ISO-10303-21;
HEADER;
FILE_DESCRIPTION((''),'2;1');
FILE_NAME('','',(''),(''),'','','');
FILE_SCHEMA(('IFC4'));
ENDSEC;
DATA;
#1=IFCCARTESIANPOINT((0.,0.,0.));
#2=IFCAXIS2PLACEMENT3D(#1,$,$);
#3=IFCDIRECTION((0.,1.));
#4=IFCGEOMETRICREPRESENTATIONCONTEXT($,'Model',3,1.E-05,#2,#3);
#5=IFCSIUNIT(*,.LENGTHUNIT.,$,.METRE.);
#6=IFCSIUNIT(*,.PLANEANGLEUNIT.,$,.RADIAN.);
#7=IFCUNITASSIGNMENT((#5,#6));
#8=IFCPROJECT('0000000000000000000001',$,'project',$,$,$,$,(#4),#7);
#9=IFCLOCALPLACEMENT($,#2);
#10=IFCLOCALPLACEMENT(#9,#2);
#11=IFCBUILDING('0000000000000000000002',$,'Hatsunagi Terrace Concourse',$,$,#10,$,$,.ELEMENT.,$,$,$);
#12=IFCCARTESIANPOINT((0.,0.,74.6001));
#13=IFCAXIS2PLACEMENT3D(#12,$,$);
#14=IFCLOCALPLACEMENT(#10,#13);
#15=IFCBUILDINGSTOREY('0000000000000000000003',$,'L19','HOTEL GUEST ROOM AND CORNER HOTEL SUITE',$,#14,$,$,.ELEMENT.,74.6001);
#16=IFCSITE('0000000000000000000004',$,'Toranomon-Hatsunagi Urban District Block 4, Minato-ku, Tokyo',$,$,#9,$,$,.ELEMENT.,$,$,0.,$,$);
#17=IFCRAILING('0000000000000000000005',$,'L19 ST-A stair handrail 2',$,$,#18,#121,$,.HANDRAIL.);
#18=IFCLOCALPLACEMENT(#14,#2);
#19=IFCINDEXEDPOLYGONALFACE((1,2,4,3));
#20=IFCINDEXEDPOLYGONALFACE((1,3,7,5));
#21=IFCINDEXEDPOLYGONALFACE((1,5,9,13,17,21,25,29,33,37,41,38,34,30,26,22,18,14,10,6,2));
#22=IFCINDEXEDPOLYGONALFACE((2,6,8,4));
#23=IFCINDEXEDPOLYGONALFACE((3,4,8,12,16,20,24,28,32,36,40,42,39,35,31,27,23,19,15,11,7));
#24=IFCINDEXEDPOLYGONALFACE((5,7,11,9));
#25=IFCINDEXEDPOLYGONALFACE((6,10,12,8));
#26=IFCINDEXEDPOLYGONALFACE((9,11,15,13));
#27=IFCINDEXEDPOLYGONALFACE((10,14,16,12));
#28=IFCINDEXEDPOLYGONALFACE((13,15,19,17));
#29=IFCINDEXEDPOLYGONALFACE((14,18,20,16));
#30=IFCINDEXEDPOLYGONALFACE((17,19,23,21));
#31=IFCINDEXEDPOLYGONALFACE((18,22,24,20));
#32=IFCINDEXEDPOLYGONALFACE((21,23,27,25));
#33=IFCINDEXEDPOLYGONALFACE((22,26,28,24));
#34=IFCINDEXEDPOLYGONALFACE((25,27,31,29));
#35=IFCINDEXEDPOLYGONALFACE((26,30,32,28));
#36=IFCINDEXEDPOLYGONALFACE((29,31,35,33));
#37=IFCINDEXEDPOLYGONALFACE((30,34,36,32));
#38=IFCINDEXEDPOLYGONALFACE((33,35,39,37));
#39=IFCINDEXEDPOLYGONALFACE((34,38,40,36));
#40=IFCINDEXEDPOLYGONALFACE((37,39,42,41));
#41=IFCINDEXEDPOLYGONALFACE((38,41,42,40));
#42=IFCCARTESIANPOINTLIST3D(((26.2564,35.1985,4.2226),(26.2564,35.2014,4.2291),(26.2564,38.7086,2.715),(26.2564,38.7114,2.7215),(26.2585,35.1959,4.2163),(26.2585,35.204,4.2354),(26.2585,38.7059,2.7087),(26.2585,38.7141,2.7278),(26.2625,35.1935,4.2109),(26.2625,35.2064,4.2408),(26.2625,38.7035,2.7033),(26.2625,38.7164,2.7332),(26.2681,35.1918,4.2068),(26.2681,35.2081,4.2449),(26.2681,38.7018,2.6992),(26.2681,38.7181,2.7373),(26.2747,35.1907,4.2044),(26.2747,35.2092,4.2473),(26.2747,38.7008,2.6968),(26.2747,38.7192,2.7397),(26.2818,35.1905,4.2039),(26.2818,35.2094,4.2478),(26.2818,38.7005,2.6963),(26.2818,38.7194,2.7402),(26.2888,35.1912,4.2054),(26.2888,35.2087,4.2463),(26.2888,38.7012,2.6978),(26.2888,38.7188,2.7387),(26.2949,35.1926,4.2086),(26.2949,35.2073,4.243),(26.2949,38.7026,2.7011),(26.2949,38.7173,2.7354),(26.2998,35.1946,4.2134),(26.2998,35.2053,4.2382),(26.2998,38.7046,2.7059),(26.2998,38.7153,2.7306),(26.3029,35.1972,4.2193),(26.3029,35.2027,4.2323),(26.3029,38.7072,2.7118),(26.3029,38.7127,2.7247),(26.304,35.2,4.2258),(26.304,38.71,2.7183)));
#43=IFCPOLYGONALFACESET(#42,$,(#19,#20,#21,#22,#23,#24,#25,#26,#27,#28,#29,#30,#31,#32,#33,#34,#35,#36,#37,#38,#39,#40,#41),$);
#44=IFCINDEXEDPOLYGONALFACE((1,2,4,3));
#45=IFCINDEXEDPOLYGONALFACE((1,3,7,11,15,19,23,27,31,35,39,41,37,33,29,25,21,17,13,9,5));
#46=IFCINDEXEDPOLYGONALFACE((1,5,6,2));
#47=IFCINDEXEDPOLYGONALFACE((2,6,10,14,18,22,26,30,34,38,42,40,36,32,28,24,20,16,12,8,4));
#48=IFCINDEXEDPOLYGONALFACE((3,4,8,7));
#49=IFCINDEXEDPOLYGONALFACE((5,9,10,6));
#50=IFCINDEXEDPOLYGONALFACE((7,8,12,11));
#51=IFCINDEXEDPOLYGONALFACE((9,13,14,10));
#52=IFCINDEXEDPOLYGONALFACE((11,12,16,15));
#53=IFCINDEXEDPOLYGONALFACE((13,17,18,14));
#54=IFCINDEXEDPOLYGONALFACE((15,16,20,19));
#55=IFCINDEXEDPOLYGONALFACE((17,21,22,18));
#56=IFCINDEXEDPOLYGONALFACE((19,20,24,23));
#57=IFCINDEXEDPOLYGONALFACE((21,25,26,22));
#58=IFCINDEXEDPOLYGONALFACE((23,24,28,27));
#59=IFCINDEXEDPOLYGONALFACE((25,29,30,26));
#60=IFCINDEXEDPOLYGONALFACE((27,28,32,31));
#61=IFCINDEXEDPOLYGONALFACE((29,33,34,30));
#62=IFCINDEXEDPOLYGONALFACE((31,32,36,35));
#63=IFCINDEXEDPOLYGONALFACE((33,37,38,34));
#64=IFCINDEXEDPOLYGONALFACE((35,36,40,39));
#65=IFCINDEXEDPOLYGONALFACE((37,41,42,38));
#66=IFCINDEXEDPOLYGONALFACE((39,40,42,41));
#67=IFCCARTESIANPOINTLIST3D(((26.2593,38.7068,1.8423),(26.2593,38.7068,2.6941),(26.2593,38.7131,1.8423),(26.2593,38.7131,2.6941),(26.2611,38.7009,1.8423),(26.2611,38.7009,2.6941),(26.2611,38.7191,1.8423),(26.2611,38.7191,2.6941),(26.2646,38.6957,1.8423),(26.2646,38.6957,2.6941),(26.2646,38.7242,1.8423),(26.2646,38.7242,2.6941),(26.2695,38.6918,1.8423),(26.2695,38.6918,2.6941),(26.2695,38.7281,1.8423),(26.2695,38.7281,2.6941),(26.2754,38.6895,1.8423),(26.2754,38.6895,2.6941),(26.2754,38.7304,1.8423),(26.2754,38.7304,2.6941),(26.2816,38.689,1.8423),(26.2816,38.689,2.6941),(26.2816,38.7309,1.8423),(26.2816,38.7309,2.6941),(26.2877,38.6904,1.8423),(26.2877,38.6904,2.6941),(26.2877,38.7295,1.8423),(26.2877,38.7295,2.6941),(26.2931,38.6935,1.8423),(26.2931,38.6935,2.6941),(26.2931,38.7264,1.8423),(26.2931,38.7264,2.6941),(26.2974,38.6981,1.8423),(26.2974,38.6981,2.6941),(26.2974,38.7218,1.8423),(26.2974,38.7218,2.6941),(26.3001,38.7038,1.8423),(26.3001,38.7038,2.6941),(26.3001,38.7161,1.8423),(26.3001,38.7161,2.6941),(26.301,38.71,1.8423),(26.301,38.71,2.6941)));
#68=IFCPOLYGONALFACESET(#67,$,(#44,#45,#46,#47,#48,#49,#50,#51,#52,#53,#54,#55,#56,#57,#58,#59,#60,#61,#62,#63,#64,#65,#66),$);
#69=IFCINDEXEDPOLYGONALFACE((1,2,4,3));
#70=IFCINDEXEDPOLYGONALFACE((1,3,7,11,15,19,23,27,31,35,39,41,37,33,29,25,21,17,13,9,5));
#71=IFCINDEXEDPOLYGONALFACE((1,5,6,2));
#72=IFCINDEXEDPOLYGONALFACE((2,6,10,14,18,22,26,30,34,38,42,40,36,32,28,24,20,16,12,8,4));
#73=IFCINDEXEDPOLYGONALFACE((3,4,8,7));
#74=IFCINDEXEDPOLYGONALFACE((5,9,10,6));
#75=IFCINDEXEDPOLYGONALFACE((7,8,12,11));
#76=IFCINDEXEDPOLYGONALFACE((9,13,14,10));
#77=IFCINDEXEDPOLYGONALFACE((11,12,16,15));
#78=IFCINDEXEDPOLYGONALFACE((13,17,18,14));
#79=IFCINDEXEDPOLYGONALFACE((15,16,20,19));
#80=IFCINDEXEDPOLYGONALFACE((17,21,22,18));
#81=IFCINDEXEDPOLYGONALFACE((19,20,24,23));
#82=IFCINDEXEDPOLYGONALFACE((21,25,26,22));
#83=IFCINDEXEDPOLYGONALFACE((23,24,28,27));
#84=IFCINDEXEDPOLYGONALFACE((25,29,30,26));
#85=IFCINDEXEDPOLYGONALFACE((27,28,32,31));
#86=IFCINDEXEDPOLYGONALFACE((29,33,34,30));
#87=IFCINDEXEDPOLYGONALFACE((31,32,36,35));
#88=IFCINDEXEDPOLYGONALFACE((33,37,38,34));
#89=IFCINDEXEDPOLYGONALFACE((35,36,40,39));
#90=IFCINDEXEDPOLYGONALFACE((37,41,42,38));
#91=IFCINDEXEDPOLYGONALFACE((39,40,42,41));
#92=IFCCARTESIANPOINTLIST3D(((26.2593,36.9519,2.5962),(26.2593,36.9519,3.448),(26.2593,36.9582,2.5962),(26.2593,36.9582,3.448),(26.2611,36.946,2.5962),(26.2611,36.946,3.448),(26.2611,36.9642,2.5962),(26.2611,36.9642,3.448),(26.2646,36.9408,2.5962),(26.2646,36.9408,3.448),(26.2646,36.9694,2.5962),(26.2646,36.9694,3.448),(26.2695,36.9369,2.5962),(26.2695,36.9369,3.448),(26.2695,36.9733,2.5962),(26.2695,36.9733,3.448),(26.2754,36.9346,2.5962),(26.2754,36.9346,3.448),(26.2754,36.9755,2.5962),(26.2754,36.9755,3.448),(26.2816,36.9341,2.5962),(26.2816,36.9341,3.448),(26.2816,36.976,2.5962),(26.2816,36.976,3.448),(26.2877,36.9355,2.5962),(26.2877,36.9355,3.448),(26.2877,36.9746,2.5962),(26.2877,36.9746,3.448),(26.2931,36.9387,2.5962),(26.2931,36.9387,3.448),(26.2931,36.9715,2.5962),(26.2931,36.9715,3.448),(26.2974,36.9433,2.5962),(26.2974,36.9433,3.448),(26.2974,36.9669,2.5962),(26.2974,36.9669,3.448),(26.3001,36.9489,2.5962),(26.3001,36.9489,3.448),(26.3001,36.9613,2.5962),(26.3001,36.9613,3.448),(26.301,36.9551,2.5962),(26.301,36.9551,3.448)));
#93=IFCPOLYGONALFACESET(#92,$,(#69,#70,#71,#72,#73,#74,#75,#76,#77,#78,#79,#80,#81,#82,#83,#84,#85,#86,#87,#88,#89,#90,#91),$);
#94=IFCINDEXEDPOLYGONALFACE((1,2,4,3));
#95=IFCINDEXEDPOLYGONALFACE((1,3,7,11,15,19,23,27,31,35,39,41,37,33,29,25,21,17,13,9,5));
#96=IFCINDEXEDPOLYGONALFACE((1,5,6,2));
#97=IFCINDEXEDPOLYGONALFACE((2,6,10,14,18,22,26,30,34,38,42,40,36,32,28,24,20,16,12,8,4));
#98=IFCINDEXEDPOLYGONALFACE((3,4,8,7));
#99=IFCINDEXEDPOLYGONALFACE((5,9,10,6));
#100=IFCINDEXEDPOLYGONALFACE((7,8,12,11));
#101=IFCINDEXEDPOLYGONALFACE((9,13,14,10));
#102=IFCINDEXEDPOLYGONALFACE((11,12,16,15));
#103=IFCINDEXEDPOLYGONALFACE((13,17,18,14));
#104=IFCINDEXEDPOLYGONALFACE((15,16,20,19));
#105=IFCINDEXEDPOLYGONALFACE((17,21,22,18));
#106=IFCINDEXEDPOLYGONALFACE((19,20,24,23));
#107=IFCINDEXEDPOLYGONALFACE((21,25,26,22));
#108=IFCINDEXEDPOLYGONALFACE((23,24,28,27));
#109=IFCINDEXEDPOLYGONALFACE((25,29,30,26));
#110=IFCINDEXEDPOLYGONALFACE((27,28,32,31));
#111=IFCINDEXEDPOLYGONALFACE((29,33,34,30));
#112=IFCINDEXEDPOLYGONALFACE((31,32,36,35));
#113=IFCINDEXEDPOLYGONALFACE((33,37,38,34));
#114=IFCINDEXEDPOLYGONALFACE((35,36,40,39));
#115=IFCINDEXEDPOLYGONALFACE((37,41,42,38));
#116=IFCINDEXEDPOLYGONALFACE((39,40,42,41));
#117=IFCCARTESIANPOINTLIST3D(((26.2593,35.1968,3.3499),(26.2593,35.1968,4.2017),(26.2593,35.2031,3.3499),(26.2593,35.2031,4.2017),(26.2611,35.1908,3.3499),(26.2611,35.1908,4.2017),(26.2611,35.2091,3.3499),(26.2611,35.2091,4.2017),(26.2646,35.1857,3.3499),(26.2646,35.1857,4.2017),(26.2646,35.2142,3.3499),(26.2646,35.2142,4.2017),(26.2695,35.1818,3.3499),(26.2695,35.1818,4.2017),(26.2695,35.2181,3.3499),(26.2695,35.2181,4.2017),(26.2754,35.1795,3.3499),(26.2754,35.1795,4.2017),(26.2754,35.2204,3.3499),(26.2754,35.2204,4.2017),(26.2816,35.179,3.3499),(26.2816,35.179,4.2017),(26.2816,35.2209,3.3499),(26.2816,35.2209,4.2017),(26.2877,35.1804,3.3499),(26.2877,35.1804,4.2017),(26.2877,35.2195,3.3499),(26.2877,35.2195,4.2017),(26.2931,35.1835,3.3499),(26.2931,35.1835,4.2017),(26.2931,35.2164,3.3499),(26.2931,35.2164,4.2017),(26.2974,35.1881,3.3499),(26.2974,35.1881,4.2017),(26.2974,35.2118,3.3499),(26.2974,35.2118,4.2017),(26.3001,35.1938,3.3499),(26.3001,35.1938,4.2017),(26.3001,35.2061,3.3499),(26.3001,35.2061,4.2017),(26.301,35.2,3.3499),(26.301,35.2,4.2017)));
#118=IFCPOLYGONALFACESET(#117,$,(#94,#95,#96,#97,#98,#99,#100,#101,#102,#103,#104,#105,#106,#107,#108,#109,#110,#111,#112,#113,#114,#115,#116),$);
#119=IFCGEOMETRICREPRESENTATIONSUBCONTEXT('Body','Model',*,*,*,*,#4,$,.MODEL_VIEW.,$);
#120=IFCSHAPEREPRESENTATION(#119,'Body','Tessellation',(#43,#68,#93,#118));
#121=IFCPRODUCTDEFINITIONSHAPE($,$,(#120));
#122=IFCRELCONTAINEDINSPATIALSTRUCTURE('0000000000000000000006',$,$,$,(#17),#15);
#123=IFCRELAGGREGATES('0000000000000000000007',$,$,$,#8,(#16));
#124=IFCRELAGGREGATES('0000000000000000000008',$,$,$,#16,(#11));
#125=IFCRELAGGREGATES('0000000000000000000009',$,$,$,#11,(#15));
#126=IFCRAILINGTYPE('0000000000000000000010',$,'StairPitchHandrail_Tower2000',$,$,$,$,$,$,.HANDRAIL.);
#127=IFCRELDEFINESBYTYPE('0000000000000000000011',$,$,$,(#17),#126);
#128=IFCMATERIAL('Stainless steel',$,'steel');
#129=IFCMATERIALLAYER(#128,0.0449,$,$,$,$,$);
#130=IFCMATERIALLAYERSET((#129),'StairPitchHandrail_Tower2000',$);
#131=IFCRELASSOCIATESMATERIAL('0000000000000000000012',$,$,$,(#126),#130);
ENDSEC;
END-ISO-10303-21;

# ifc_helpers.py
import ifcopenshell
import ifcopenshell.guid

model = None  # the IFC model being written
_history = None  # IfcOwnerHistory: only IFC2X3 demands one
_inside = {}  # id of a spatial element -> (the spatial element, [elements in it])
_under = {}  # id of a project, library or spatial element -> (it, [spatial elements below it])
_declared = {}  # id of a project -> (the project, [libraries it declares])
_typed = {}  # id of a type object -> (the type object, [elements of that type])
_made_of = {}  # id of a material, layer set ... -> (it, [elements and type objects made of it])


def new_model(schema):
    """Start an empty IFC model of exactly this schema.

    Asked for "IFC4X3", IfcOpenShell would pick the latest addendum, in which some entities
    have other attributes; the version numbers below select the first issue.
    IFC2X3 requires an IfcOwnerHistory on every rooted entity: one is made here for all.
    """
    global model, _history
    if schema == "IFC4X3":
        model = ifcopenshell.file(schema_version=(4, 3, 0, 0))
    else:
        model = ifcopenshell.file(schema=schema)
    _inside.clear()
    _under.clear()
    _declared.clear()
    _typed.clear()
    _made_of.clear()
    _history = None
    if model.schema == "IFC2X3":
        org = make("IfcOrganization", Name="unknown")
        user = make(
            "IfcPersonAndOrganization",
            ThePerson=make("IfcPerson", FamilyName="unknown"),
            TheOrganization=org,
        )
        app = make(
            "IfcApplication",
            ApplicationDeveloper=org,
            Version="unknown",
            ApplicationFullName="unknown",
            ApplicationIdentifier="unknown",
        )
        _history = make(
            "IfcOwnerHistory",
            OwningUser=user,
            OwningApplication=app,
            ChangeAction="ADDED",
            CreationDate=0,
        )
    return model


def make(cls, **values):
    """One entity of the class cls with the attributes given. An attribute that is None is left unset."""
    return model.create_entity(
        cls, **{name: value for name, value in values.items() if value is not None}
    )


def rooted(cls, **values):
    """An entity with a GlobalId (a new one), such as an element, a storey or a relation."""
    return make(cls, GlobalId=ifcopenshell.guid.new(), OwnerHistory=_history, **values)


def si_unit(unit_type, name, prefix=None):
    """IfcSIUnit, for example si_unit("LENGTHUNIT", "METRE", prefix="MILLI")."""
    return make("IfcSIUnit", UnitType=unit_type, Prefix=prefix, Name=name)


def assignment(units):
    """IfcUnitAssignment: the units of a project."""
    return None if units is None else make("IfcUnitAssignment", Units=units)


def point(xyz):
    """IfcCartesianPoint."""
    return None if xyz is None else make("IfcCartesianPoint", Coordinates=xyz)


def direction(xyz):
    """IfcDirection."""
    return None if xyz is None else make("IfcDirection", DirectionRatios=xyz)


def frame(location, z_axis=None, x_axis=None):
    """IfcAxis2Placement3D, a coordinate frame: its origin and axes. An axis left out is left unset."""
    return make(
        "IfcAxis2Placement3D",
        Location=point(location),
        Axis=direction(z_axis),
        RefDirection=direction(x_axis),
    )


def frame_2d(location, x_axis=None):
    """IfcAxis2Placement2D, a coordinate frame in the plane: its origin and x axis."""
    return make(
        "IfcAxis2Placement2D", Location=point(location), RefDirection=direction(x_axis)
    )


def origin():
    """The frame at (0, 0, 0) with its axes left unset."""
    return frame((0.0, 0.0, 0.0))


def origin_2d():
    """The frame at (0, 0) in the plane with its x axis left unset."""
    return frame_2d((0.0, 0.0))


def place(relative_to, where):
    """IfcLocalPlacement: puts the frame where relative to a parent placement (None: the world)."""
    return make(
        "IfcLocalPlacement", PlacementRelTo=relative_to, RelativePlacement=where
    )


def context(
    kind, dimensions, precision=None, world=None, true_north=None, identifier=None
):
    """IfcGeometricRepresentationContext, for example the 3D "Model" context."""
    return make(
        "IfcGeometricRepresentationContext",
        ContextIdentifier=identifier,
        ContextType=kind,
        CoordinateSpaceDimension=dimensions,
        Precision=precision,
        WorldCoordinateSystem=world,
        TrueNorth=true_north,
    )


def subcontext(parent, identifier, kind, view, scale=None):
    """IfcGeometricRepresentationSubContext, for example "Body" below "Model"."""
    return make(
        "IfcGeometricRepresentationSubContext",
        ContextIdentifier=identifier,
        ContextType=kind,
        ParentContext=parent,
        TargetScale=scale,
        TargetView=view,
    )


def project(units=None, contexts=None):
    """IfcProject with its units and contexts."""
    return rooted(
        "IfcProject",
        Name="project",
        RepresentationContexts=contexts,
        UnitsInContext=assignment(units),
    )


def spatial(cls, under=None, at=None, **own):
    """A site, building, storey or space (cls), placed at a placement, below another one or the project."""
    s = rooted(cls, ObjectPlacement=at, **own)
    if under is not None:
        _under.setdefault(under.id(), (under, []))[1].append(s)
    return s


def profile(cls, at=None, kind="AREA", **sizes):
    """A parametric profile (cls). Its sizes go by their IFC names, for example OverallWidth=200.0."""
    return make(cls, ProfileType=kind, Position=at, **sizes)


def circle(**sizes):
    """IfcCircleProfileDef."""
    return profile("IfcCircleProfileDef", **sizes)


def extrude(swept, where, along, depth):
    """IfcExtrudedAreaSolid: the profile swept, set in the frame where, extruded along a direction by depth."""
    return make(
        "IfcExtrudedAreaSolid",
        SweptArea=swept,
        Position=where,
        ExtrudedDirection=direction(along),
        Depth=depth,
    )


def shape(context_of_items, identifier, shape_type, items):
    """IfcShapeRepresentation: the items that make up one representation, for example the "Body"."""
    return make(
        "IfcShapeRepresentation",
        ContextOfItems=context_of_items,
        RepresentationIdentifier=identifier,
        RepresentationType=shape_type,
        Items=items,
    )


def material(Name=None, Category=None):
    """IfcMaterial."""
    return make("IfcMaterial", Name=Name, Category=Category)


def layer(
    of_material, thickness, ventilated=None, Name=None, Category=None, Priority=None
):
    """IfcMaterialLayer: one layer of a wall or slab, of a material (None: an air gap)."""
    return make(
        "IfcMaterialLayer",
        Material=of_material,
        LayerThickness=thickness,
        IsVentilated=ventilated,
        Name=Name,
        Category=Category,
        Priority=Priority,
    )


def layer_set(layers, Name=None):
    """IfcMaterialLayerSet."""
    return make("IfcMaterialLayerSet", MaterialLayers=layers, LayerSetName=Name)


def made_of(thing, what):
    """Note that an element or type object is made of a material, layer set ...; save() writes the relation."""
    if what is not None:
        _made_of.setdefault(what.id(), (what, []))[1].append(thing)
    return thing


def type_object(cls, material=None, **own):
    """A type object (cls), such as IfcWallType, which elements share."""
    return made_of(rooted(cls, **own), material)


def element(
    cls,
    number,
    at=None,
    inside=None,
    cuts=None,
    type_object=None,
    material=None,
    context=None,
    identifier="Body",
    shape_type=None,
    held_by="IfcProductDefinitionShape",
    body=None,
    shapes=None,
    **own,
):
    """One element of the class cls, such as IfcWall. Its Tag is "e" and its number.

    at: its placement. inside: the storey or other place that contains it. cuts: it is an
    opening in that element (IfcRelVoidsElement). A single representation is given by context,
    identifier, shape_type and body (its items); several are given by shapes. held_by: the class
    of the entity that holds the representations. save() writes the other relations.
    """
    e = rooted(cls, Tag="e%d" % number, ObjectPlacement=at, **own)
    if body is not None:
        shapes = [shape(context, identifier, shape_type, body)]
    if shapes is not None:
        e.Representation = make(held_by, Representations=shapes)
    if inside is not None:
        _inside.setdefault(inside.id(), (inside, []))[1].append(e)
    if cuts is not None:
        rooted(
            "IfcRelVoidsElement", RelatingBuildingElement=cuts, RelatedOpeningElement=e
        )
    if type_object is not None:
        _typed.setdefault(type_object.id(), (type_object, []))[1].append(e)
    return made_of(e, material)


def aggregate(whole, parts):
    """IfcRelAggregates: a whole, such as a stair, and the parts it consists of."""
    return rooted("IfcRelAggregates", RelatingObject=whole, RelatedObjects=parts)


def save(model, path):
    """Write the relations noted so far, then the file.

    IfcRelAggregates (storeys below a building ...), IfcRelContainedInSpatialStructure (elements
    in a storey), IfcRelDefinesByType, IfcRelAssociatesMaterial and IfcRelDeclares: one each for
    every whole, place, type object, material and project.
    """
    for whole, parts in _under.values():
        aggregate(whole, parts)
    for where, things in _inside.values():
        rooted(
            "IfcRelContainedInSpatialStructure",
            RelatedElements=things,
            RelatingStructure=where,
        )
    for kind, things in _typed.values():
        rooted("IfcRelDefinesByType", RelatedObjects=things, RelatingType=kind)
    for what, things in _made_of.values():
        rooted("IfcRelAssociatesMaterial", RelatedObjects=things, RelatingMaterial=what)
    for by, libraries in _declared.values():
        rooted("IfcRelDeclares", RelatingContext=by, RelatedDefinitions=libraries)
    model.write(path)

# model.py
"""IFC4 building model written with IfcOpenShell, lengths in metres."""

from ifc_helpers import new_model, si_unit, direction, frame, origin, origin_2d, place, context, subcontext, project, spatial, circle, extrude, material, layer, layer_set, type_object, element, save


model = new_model("IFC4")

# Units and contexts
model_context = context("Model", 3, precision=1e-05, world=origin(), true_north=direction((0.0, 1.0)))
body_context = subcontext(model_context, "Body", "Model", "MODEL_VIEW")
ifc_project = project(units=[si_unit("LENGTHUNIT", "METRE"), si_unit("PLANEANGLEUNIT", "RADIAN")], contexts=[model_context])

# Site, building, storey
site_placement = place(None, origin())
site = spatial("IfcSite", under=ifc_project, at=site_placement, Name="Toranomon-Hatsunagi Urban District Block 4, Minato-ku, Tokyo", CompositionType="ELEMENT", RefElevation=0.0)
building_placement = place(site_placement, origin())
building = spatial("IfcBuilding", under=site, at=building_placement, Name="Hatsunagi Terrace Concourse", CompositionType="ELEMENT")
storey_placement = place(building_placement, frame((0.0, 0.0, 74.6001)))
storey = spatial("IfcBuildingStorey", under=building, at=storey_placement, Name="L19", Description="HOTEL GUEST ROOM AND CORNER HOTEL SUITE", CompositionType="ELEMENT", Elevation=74.6001)

# Railing
ifc_material_1 = material(Name="Stainless steel", Category="steel")
ifc_layer_1 = layer(ifc_material_1, 0.0449)
ifc_layer_set_1 = layer_set([ifc_layer_1], Name="StairPitchHandrail_Tower2000")
railing_type_1 = type_object("IfcRailingType", Name="StairPitchHandrail_Tower2000", PredefinedType="HANDRAIL", material=ifc_layer_set_1)
railing_1_placement = place(storey_placement, frame((26.28, 38.71, 1.8423)))
element("IfcRailing", 1, at=railing_1_placement, inside=storey, type_object=railing_type_1, Name="L19 ST-A stair handrail 2", PredefinedType="HANDRAIL", context=body_context, shape_type="SweptSolid", body=[
    extrude(circle(Radius=0.0239, at=origin_2d()), frame((0.0, 0.0, 0.876), z_axis=(0.0, -0.918834, 0.394644), x_axis=(1.0, 0.0, 0.0)), (0.0, 0.0, 1.0), 3.8201),
    extrude(circle(Radius=0.021, at=origin_2d()), origin(), (0.0, 0.0, 1.0), 0.8518),
    extrude(circle(Radius=0.021, at=origin_2d()), frame((0.0, -1.7549, 0.7539)), (0.0, 0.0, 1.0), 0.8518),
    extrude(circle(Radius=0.021, at=origin_2d()), frame((0.0, -3.51, 1.5076)), (0.0, 0.0, 1.0), 0.8518),
])

save(model, "model.ifc")
